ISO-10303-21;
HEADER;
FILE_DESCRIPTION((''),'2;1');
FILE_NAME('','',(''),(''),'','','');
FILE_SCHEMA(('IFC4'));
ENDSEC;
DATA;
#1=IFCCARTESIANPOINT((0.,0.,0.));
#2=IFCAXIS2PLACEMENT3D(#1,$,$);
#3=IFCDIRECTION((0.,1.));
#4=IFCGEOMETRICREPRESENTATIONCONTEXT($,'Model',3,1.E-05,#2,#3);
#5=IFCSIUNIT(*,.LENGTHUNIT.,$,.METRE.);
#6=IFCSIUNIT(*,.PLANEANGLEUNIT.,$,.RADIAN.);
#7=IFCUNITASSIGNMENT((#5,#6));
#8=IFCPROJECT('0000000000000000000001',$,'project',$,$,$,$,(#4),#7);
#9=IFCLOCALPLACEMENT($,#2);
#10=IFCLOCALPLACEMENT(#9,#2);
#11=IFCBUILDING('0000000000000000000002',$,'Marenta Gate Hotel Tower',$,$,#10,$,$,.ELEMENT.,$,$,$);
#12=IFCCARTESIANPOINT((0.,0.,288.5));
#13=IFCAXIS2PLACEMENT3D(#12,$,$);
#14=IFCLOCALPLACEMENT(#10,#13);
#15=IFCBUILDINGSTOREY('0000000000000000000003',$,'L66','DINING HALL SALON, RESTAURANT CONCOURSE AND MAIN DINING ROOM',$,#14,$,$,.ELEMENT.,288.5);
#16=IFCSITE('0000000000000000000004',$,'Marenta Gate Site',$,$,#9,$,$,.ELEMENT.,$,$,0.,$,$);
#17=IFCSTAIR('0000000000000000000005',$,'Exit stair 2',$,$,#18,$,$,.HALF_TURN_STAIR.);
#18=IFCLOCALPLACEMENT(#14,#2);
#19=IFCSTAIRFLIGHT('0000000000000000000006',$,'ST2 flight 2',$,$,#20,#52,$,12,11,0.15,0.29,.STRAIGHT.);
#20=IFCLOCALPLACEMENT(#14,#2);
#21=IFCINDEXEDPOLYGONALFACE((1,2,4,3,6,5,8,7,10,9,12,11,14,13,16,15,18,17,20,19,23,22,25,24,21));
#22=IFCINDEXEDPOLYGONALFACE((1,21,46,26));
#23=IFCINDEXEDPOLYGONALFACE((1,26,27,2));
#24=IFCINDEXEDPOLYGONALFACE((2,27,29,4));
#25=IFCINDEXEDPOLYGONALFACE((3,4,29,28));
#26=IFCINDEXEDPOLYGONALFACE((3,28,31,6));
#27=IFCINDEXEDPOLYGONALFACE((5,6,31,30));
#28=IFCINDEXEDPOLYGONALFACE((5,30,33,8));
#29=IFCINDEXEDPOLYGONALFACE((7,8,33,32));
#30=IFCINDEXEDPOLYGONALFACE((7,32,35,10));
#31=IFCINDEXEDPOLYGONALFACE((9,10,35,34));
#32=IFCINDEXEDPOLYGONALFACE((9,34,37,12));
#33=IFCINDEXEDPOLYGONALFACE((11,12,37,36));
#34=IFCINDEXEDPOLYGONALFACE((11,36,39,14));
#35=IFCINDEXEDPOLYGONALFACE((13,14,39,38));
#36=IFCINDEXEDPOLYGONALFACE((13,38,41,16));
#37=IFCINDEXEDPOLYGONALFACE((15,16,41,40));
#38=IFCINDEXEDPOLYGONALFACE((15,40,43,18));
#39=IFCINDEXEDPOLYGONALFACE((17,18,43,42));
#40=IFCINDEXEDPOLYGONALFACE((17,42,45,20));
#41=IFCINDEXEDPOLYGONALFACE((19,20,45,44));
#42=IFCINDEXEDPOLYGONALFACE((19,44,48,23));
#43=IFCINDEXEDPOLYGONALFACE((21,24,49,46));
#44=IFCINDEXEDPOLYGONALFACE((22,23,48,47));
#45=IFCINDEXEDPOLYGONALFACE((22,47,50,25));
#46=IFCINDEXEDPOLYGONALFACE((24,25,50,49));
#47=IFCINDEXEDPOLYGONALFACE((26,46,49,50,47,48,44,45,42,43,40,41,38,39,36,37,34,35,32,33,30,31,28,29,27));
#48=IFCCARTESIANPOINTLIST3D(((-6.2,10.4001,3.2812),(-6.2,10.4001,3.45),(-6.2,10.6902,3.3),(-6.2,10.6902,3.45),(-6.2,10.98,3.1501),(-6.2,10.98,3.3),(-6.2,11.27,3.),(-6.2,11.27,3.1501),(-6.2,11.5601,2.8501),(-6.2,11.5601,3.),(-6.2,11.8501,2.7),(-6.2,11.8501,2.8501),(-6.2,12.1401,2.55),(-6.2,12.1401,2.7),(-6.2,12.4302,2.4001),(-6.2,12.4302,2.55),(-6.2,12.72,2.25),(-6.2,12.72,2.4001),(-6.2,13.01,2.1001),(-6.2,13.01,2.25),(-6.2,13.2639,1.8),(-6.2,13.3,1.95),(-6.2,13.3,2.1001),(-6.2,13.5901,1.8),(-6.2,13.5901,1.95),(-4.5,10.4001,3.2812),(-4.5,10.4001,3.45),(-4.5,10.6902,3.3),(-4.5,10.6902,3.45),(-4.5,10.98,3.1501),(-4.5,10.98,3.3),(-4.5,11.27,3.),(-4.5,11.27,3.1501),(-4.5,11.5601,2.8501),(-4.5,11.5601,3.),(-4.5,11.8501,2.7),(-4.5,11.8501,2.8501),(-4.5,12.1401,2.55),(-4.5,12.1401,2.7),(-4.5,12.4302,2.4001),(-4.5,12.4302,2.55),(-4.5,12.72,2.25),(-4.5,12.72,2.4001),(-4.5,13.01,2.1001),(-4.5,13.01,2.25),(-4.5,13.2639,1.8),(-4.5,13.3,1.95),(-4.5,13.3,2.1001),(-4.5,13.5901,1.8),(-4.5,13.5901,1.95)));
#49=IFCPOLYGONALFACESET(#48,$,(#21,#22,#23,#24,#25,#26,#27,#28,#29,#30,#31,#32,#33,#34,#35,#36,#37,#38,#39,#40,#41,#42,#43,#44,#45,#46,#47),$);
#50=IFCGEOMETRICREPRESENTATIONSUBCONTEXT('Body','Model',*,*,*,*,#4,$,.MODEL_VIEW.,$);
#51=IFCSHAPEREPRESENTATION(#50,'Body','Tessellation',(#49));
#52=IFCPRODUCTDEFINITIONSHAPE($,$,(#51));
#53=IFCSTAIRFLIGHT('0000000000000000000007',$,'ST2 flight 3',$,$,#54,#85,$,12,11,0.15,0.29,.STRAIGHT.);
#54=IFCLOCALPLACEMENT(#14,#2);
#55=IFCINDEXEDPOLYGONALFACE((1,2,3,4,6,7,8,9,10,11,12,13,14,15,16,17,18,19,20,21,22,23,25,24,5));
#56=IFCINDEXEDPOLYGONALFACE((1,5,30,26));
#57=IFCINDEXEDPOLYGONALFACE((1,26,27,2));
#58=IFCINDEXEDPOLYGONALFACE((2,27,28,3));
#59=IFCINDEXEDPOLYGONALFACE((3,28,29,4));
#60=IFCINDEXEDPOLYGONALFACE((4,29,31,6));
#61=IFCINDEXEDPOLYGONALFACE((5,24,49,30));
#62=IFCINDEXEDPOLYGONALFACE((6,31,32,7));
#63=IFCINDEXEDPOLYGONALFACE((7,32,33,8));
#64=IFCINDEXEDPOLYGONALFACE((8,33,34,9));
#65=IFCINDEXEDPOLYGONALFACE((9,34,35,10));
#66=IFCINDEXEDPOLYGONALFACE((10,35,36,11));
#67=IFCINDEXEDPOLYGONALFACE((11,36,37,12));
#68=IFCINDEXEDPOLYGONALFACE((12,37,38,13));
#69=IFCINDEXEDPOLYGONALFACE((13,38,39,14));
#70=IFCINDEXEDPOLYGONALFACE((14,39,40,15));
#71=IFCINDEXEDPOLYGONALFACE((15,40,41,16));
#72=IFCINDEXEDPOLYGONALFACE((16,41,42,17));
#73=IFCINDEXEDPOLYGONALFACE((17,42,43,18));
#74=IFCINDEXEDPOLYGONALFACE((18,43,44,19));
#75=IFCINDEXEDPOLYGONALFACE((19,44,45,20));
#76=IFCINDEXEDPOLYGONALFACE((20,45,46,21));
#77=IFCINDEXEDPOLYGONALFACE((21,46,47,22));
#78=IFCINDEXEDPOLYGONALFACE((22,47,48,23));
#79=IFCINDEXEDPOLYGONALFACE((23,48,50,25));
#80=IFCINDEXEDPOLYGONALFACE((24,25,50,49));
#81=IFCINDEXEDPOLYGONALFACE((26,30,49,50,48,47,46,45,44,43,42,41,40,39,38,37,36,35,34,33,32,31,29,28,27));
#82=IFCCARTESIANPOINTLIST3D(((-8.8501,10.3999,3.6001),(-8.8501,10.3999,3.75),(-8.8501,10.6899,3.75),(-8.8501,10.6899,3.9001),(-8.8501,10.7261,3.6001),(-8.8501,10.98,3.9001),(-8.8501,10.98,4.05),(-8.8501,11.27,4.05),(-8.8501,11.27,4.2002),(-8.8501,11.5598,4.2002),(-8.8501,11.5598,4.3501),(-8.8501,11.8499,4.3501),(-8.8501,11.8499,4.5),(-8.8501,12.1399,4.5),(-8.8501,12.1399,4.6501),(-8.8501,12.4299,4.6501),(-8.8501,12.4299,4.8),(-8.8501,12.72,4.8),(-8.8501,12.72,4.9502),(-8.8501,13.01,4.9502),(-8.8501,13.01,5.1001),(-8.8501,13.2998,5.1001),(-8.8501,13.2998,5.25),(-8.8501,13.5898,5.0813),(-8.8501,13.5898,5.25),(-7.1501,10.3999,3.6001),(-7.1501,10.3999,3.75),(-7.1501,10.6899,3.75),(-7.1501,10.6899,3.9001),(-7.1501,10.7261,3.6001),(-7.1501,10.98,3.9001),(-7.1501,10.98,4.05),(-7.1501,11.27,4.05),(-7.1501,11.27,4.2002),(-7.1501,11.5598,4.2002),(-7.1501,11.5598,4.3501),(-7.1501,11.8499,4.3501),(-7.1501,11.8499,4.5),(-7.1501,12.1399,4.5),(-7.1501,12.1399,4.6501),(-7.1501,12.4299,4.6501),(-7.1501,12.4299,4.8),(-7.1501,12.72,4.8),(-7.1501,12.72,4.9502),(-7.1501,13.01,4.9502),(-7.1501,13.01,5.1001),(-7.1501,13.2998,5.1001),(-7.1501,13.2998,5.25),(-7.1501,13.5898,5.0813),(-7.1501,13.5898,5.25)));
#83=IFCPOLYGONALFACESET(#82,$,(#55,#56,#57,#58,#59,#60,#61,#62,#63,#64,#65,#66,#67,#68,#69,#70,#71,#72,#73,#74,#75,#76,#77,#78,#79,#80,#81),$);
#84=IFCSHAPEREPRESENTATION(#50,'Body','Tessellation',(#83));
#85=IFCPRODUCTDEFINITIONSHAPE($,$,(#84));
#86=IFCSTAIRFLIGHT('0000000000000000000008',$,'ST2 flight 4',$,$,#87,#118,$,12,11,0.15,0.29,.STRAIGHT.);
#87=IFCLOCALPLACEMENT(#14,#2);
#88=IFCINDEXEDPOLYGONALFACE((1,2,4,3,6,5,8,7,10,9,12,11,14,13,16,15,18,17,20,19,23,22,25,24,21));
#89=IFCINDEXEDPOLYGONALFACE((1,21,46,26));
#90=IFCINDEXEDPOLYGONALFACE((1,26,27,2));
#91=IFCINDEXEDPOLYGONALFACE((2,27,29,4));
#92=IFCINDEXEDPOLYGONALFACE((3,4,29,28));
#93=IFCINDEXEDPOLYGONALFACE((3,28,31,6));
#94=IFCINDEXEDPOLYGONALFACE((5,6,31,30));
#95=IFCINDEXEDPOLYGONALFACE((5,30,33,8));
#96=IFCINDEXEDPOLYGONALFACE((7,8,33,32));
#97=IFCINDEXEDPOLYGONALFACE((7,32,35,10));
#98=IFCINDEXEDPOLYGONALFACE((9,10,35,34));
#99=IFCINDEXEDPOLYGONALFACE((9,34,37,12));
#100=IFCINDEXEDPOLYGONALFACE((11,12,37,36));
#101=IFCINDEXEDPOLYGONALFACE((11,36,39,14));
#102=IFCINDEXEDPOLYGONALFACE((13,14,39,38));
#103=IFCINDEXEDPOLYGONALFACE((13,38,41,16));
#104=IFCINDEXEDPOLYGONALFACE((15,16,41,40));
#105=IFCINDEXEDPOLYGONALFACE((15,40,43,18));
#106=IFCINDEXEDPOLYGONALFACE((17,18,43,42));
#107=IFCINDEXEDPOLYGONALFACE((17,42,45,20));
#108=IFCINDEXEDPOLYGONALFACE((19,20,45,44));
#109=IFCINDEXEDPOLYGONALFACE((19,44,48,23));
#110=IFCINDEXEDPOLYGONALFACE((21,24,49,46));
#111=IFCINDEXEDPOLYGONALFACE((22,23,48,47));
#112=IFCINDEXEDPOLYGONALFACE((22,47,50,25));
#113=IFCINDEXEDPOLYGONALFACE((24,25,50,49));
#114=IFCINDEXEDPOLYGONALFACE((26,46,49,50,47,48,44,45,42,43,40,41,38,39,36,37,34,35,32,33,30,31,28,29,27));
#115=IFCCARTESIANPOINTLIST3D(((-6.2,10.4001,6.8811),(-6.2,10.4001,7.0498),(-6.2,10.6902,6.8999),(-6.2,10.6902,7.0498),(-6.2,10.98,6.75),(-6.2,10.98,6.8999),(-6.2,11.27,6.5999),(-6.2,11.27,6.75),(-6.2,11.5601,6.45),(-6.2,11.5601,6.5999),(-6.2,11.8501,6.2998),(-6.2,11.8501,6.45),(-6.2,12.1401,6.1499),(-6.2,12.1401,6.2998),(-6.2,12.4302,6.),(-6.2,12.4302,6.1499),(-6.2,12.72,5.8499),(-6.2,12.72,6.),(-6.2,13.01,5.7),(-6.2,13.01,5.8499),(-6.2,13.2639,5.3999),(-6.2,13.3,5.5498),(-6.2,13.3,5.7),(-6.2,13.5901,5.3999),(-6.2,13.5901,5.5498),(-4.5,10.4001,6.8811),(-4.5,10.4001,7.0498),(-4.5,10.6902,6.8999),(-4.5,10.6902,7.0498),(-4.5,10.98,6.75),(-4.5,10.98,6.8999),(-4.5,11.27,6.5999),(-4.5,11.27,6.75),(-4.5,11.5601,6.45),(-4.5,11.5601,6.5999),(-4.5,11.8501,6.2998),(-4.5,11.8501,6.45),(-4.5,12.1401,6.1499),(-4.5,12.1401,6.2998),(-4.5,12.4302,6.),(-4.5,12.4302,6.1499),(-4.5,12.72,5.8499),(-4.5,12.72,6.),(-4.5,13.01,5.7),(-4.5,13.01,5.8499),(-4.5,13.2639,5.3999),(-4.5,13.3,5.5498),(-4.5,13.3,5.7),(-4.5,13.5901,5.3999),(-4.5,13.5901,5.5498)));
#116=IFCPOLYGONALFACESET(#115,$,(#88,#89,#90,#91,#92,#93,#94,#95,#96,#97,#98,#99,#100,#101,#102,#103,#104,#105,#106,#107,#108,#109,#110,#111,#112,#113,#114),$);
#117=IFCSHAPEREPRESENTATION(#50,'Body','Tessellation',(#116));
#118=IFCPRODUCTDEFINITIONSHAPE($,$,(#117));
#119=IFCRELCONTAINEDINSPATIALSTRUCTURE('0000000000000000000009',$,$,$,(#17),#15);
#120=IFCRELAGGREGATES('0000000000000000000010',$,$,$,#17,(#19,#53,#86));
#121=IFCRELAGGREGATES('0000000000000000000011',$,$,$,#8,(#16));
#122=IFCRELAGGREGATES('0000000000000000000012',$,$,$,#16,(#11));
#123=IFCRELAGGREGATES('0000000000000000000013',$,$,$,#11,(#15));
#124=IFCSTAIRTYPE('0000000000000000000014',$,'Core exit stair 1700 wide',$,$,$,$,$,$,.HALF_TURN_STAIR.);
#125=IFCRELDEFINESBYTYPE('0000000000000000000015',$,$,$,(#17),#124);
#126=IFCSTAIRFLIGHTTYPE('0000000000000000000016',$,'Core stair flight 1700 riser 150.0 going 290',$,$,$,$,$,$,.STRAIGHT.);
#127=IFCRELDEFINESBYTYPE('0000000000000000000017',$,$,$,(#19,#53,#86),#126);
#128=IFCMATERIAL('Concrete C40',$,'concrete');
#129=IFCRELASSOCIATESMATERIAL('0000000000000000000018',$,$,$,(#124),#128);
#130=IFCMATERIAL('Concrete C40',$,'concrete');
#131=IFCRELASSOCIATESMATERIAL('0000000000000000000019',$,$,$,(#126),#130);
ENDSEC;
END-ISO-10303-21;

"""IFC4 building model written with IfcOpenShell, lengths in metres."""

from ifc_helpers import new_model, si_unit, direction, frame, origin, place, context, subcontext, project, spatial, polyline, outline, extrude, material, type_object, element, aggregate, save


model = new_model("IFC4")

# Units and contexts
model_context = context("Model", 3, precision=1e-05, world=origin(), true_north=direction((0.0, 1.0)))
body_context = subcontext(model_context, "Body", "Model", "MODEL_VIEW")
ifc_project = project(units=[si_unit("LENGTHUNIT", "METRE"), si_unit("PLANEANGLEUNIT", "RADIAN")], contexts=[model_context])

# Site, building, storey
site_placement = place(None, origin())
site = spatial("IfcSite", under=ifc_project, at=site_placement, Name="Marenta Gate Site", CompositionType="ELEMENT", RefElevation=0.0)
building_placement = place(site_placement, origin())
building = spatial("IfcBuilding", under=site, at=building_placement, Name="Marenta Gate Hotel Tower", CompositionType="ELEMENT")
storey_placement = place(building_placement, frame((0.0, 0.0, 288.5)))
storey = spatial("IfcBuildingStorey", under=building, at=storey_placement, Name="L66", Description="DINING HALL SALON, RESTAURANT CONCOURSE AND MAIN DINING ROOM", CompositionType="ELEMENT", Elevation=288.5)

# Stair, stair flights
ifc_material_1 = material(Name="Concrete C40", Category="concrete")
stair_type = type_object("IfcStairType", Name="Core exit stair 1700 wide", PredefinedType="HALF_TURN_STAIR", material=ifc_material_1)
stair_placement = place(storey_placement, origin())
stair = element("IfcStair", 1, at=stair_placement, inside=storey, type_object=stair_type, Name="Exit stair 2", PredefinedType="HALF_TURN_STAIR")
ifc_material_2 = material(Name="Concrete C40", Category="concrete")
stair_flight_type = type_object("IfcStairFlightType", Name="Core stair flight 1700 riser 150.0 going 290", PredefinedType="STRAIGHT", material=ifc_material_2)
stair_flight_1_placement = place(storey_placement, frame((-5.3501, 13.5901, 1.8), z_axis=(0.0, 0.0, 1.0), x_axis=(0.0, -1.0, 0.0)))
stair_flight_1 = element("IfcStairFlight", 2, at=stair_flight_1_placement, type_object=stair_flight_type, Name="ST2 flight 2", NumberOfRisers=12, NumberOfTreads=11, PredefinedType="STRAIGHT", RiserHeight=0.15, TreadLength=0.29, context=body_context, shape_type="SweptSolid", body=[
    extrude(outline(polyline([(0.0, 0.0), (0.0, 0.1499), (0.29, 0.1499), (0.29, 0.3), (0.5801, 0.3), (0.5801, 0.45), (0.8701, 0.45), (0.8701, 0.6001), (1.1599, 0.6001), (1.1599, 0.75), (1.45, 0.75), (1.45, 0.8999), (1.74, 0.8999), (1.74, 1.05), (2.03, 1.05), (2.03, 1.2), (2.3201, 1.2), (2.3201, 1.3501), (2.6101, 1.3501), (2.6101, 1.5), (2.8999, 1.5), (2.8999, 1.6499), (3.1899, 1.6499), (3.1899, 1.8), (3.1899, 1.4812), (0.3262, 0.0), (0.0, 0.0)])), frame((0.0, 0.8501, 0.0), z_axis=(0.0, -1.0, 0.0), x_axis=(1.0, 0.0, 0.0)), (0.0, 0.0, 1.0), 1.7),
])
stair_flight_2_placement = place(storey_placement, frame((-8.0, 10.3999, 3.6001), z_axis=(0.0, 0.0, 1.0), x_axis=(0.0, 1.0, 0.0)))
stair_flight_2 = element("IfcStairFlight", 3, at=stair_flight_2_placement, type_object=stair_flight_type, Name="ST2 flight 3", NumberOfRisers=12, NumberOfTreads=11, PredefinedType="STRAIGHT", RiserHeight=0.15, TreadLength=0.29, context=body_context, shape_type="SweptSolid", body=[
    extrude(outline(polyline([(0.0, 0.0), (0.0, 0.1499), (0.29, 0.1499), (0.29, 0.3), (0.5801, 0.3), (0.5801, 0.45), (0.8701, 0.45), (0.8701, 0.6001), (1.1599, 0.6001), (1.1599, 0.75), (1.45, 0.75), (1.45, 0.8999), (1.74, 0.8999), (1.74, 1.05), (2.03, 1.05), (2.03, 1.2), (2.3201, 1.2), (2.3201, 1.3501), (2.6101, 1.3501), (2.6101, 1.5), (2.8999, 1.5), (2.8999, 1.6499), (3.1899, 1.6499), (3.1899, 1.8), (3.1899, 1.4812), (0.3262, 0.0), (0.0, 0.0)])), frame((0.0, 0.8501, 0.0), z_axis=(0.0, -1.0, 0.0), x_axis=(1.0, 0.0, 0.0)), (0.0, 0.0, 1.0), 1.7),
])
stair_flight_3_placement = place(storey_placement, frame((-5.3501, 13.5901, 5.3999), z_axis=(0.0, 0.0, 1.0), x_axis=(0.0, -1.0, 0.0)))
stair_flight_3 = element("IfcStairFlight", 4, at=stair_flight_3_placement, type_object=stair_flight_type, Name="ST2 flight 4", NumberOfRisers=12, NumberOfTreads=11, PredefinedType="STRAIGHT", RiserHeight=0.15, TreadLength=0.29, context=body_context, shape_type="SweptSolid", body=[
    extrude(outline(polyline([(0.0, 0.0), (0.0, 0.1499), (0.29, 0.1499), (0.29, 0.3), (0.5801, 0.3), (0.5801, 0.45), (0.8701, 0.45), (0.8701, 0.6001), (1.1599, 0.6001), (1.1599, 0.75), (1.45, 0.75), (1.45, 0.8999), (1.74, 0.8999), (1.74, 1.05), (2.03, 1.05), (2.03, 1.2), (2.3201, 1.2), (2.3201, 1.3501), (2.6101, 1.3501), (2.6101, 1.5), (2.8999, 1.5), (2.8999, 1.6499), (3.1899, 1.6499), (3.1899, 1.8), (3.1899, 1.4812), (0.3262, 0.0), (0.0, 0.0)])), frame((0.0, 0.8501, 0.0), z_axis=(0.0, -1.0, 0.0), x_axis=(1.0, 0.0, 0.0)), (0.0, 0.0, 1.0), 1.7),
])
aggregate(stair, [stair_flight_1, stair_flight_2, stair_flight_3])

save(model, "model.ifc")
